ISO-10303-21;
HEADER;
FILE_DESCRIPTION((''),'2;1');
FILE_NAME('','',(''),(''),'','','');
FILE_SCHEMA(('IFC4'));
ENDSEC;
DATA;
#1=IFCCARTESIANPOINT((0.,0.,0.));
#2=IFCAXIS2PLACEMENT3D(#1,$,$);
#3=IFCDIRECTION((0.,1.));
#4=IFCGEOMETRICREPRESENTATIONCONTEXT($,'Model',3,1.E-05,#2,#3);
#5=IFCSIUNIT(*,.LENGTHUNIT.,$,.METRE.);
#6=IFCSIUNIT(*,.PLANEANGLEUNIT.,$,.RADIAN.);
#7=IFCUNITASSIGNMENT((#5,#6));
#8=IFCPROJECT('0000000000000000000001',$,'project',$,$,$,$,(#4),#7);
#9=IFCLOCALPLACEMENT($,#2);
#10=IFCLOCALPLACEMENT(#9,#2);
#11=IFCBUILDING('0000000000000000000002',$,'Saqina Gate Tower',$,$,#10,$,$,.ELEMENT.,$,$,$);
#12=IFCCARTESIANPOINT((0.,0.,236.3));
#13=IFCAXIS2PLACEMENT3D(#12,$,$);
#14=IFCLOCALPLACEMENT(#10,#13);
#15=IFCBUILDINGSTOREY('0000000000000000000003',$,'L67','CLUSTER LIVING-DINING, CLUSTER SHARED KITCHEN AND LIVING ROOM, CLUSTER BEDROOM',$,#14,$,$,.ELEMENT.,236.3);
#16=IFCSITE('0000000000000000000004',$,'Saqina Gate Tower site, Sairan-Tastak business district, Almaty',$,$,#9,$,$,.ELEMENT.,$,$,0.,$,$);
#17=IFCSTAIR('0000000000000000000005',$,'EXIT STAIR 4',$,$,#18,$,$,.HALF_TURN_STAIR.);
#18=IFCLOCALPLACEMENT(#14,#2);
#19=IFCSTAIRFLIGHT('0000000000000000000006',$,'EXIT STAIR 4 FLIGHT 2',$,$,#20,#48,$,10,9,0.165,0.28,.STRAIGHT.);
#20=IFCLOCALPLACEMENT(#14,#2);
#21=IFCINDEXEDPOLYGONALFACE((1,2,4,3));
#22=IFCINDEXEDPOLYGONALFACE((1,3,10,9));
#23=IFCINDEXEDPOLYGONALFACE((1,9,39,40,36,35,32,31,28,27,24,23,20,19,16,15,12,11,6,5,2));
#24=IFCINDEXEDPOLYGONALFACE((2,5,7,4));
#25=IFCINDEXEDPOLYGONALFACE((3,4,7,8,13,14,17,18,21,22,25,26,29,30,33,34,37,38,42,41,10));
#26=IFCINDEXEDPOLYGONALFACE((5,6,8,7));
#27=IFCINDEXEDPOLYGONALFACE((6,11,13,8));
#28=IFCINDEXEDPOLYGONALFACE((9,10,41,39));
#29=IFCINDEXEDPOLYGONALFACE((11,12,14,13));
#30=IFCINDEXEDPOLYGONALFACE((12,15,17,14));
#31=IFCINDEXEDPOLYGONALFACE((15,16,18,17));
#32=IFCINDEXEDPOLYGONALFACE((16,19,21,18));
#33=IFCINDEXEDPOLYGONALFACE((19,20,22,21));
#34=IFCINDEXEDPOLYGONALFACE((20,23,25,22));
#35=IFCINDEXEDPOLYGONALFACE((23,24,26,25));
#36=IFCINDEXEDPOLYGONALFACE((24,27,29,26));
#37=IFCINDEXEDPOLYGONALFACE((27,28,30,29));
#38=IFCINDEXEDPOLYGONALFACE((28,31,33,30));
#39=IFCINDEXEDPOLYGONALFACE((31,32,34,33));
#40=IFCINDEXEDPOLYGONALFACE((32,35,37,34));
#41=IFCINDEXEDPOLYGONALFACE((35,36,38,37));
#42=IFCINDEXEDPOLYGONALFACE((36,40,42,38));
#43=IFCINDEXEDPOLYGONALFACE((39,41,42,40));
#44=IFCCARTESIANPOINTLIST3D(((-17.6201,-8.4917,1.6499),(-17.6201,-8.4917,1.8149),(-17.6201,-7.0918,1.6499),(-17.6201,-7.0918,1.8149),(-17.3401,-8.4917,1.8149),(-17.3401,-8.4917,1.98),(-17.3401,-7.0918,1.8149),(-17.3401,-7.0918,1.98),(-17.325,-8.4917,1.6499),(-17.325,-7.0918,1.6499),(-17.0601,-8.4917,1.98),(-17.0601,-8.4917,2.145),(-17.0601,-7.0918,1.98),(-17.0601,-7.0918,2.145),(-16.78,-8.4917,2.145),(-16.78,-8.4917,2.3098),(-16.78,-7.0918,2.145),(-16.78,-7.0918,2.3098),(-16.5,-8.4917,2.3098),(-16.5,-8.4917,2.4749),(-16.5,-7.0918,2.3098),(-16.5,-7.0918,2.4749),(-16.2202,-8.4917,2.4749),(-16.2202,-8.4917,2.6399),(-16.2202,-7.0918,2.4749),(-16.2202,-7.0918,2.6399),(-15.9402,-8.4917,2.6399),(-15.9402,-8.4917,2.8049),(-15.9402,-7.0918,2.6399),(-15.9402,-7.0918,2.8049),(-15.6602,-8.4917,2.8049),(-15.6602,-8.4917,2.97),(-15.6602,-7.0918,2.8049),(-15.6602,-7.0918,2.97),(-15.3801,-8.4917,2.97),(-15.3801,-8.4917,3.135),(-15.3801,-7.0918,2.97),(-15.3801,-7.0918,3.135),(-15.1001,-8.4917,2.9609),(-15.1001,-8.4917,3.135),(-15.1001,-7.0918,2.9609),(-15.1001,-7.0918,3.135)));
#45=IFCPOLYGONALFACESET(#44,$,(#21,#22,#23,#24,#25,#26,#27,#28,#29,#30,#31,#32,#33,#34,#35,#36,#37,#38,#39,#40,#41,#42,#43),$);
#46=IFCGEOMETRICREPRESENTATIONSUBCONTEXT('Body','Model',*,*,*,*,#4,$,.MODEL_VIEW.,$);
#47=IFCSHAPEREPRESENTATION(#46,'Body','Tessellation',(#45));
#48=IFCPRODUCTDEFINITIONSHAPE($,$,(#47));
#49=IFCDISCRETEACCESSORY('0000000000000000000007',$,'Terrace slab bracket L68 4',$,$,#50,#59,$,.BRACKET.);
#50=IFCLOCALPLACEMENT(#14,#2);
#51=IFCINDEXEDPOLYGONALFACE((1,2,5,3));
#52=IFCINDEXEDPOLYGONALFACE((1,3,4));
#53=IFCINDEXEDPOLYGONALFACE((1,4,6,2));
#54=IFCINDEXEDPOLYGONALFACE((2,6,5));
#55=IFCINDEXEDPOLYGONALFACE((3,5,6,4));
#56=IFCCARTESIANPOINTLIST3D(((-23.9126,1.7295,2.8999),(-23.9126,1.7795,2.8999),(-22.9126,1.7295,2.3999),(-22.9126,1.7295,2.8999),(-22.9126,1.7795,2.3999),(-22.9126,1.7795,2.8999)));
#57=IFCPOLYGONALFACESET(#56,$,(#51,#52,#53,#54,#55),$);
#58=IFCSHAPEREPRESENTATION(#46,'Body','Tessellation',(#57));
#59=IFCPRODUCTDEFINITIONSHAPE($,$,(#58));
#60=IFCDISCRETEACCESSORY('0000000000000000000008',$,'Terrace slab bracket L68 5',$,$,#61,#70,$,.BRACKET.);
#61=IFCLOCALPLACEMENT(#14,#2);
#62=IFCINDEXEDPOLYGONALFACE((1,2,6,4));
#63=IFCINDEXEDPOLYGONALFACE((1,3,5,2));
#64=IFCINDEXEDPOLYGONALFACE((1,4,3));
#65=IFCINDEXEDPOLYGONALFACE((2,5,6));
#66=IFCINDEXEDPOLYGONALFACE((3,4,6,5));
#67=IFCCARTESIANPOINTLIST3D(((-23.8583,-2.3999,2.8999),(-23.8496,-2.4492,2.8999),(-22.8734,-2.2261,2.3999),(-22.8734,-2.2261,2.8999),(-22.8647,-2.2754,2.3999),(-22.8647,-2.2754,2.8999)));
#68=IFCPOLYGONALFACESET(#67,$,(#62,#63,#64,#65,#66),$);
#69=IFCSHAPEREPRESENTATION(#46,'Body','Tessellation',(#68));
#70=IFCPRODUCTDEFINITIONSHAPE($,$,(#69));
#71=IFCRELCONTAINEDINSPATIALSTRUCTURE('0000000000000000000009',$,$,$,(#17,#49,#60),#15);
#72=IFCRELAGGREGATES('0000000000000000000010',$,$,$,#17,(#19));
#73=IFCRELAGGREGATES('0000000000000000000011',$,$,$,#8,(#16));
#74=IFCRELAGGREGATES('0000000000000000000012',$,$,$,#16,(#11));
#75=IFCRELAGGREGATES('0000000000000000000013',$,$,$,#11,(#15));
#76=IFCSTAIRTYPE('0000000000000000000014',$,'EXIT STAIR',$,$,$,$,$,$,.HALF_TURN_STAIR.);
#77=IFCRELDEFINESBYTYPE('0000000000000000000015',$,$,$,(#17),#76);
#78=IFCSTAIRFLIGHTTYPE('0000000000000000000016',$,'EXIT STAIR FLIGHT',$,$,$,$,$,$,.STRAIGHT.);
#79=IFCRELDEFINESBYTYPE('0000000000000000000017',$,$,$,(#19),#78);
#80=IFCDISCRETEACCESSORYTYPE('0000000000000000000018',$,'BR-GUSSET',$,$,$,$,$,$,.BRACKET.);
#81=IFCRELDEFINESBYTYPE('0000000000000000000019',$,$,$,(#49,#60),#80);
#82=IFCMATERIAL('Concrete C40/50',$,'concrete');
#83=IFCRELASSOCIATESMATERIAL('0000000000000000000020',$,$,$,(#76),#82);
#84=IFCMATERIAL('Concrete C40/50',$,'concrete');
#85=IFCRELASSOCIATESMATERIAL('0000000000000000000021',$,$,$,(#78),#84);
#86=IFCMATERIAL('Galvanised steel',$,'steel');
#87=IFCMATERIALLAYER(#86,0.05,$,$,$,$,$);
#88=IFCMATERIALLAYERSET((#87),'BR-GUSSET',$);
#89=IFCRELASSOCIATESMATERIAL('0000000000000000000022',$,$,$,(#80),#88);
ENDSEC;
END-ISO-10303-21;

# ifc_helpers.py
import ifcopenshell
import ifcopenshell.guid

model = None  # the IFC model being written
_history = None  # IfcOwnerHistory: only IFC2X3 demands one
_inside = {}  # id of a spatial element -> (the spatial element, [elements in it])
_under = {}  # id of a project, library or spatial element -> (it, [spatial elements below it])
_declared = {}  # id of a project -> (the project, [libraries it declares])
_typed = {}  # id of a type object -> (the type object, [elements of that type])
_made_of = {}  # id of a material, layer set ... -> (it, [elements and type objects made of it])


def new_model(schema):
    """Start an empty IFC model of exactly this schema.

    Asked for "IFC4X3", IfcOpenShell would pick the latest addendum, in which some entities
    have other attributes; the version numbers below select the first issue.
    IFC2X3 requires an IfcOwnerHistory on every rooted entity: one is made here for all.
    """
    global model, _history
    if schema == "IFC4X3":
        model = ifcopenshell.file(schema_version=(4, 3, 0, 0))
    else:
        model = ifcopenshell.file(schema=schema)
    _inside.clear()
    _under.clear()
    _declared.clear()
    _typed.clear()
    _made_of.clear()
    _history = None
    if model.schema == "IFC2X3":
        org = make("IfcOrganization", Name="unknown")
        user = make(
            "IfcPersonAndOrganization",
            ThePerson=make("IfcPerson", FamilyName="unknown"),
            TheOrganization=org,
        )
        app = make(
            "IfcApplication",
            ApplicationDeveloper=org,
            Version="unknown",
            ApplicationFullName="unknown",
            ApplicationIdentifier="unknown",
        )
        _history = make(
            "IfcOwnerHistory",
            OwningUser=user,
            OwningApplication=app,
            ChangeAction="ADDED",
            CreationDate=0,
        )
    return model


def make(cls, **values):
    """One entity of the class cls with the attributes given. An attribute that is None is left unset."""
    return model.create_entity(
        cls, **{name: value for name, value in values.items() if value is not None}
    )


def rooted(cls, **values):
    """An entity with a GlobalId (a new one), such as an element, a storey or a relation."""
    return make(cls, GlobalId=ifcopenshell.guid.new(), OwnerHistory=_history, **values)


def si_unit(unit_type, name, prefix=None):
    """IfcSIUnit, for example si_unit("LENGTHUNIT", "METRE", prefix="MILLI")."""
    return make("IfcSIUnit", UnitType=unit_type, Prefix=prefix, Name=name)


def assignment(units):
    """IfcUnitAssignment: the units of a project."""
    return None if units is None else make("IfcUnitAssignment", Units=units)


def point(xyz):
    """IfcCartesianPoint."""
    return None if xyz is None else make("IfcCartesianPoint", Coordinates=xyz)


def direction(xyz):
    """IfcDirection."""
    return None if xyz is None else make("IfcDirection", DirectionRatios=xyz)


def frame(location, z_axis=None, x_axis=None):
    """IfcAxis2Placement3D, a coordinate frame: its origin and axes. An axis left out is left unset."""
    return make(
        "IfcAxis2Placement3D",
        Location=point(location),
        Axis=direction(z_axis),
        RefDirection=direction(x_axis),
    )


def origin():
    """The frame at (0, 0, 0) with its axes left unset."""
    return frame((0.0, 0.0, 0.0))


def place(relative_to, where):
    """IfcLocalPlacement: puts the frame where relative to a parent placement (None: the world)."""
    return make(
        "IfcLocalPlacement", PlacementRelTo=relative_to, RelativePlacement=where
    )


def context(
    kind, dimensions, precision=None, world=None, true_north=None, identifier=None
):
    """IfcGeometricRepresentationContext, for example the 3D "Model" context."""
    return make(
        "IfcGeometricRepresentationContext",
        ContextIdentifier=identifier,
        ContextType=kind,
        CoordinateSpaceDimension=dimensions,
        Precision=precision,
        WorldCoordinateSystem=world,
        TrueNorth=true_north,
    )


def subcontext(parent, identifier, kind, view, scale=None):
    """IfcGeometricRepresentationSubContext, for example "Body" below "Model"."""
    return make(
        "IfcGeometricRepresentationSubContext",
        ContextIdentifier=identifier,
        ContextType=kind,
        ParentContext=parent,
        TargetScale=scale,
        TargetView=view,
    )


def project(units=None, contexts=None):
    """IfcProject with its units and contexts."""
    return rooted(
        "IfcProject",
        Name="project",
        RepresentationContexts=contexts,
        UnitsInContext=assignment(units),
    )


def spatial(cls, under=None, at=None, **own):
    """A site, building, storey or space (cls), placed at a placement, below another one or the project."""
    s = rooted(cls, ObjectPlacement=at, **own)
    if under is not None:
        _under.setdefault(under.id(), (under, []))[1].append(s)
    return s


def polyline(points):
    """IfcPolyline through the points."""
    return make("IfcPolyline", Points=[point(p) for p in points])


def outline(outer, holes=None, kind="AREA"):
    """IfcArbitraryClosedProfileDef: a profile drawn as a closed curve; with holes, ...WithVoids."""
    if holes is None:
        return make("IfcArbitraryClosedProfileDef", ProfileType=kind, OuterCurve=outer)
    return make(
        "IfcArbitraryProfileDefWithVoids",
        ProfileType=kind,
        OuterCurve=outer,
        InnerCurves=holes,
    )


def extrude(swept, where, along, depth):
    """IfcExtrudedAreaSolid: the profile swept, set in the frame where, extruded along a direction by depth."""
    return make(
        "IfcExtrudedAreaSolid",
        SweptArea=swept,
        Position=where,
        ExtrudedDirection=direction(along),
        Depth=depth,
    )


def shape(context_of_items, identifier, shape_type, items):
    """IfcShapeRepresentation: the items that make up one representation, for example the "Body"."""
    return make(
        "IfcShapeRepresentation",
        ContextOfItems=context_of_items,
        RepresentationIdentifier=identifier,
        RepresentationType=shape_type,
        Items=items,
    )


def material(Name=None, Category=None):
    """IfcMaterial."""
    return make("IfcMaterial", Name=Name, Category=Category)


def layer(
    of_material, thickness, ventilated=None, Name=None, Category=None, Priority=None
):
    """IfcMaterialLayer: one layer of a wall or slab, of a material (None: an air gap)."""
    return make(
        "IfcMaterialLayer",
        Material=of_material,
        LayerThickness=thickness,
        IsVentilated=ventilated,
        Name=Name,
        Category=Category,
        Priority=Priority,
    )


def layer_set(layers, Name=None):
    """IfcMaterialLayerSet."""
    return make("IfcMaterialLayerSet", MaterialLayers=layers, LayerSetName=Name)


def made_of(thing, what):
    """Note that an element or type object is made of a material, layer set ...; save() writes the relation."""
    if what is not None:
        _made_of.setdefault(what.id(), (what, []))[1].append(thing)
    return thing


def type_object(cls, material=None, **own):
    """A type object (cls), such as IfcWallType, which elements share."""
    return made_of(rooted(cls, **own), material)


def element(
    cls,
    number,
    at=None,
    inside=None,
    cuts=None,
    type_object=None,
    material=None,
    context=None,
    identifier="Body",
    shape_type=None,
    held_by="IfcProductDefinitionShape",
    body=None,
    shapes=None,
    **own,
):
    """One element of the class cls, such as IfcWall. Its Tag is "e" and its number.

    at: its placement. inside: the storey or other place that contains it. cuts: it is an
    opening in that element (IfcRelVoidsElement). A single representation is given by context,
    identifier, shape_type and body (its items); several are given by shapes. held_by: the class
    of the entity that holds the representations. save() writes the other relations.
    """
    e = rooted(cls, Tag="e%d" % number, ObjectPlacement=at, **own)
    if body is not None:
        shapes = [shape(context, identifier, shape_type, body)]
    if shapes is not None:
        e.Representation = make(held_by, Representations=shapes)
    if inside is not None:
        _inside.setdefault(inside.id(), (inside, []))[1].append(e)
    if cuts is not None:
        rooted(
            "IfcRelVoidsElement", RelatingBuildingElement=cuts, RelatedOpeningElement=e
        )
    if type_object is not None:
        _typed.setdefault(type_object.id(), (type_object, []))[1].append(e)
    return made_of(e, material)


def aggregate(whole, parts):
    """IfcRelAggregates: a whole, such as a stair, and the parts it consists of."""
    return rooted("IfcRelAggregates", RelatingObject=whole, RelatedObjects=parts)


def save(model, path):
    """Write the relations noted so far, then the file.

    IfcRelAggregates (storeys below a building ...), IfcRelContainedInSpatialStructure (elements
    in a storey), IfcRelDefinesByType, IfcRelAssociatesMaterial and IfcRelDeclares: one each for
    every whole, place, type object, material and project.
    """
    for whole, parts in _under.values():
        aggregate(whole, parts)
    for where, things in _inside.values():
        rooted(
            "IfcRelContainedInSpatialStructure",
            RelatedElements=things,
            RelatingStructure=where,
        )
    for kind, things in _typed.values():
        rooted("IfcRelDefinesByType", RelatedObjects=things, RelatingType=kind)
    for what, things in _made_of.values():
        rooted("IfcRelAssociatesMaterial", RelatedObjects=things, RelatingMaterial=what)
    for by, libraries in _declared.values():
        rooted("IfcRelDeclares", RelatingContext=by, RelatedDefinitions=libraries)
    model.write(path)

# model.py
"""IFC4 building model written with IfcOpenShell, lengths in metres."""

from ifc_helpers import new_model, si_unit, direction, frame, origin, place, context, subcontext, project, spatial, polyline, outline, extrude, material, layer, layer_set, type_object, element, aggregate, save


model = new_model("IFC4")

# Units and contexts
model_context = context("Model", 3, precision=1e-05, world=origin(), true_north=direction((0.0, 1.0)))
body_context = subcontext(model_context, "Body", "Model", "MODEL_VIEW")
ifc_project = project(units=[si_unit("LENGTHUNIT", "METRE"), si_unit("PLANEANGLEUNIT", "RADIAN")], contexts=[model_context])

# Site, building, storey
site_placement = place(None, origin())
site = spatial("IfcSite", under=ifc_project, at=site_placement, Name="Saqina Gate Tower site, Sairan-Tastak business district, Almaty", CompositionType="ELEMENT", RefElevation=0.0)
building_placement = place(site_placement, origin())
building = spatial("IfcBuilding", under=site, at=building_placement, Name="Saqina Gate Tower", CompositionType="ELEMENT")
storey_placement = place(building_placement, frame((0.0, 0.0, 236.3)))
storey = spatial("IfcBuildingStorey", under=building, at=storey_placement, Name="L67", Description="CLUSTER LIVING-DINING, CLUSTER SHARED KITCHEN AND LIVING ROOM, CLUSTER BEDROOM", CompositionType="ELEMENT", Elevation=236.3)

# Stair, stair flight
ifc_material_1 = material(Name="Concrete C40/50", Category="concrete")
stair_type = type_object("IfcStairType", Name="EXIT STAIR", PredefinedType="HALF_TURN_STAIR", material=ifc_material_1)
stair_placement = place(storey_placement, origin())
stair = element("IfcStair", 1, at=stair_placement, inside=storey, type_object=stair_type, Name="EXIT STAIR 4", PredefinedType="HALF_TURN_STAIR")
ifc_material_2 = material(Name="Concrete C40/50", Category="concrete")
stair_flight_type = type_object("IfcStairFlightType", Name="EXIT STAIR FLIGHT", PredefinedType="STRAIGHT", material=ifc_material_2)
stair_flight_1_placement = place(storey_placement, frame((-17.6201, -7.7917, 1.6499), z_axis=(0.0, 0.0, 1.0), x_axis=(1.0, 0.0, 0.0)))
stair_flight_1 = element("IfcStairFlight", 2, at=stair_flight_1_placement, type_object=stair_flight_type, Name="EXIT STAIR 4 FLIGHT 2", NumberOfRisers=10, NumberOfTreads=9, PredefinedType="STRAIGHT", RiserHeight=0.165, TreadLength=0.28, context=body_context, shape_type="SweptSolid", body=[
    extrude(outline(polyline([(0.0, 0.0), (0.0, 0.165), (0.28, 0.165), (0.28, 0.3301), (0.5601, 0.3301), (0.5601, 0.4951), (0.8401, 0.4951), (0.8401, 0.6599), (1.1201, 0.6599), (1.1201, 0.825), (1.3999, 0.825), (1.3999, 0.99), (1.6799, 0.99), (1.6799, 1.155), (1.96, 1.155), (1.96, 1.3201), (2.24, 1.3201), (2.24, 1.4851), (2.52, 1.4851), (2.52, 1.6499), (2.52, 1.311), (0.2952, 0.0), (0.0, 0.0)])), frame((0.0, 0.7, 0.0), z_axis=(0.0, -1.0, 0.0), x_axis=(1.0, 0.0, 0.0)), (0.0, 0.0, 1.0), 1.3999),
])
aggregate(stair, [stair_flight_1])

# Discrete accessories
ifc_material_3 = material(Name="Galvanised steel", Category="steel")
ifc_layer_1 = layer(ifc_material_3, 0.05)
ifc_layer_set_1 = layer_set([ifc_layer_1], Name="BR-GUSSET")
discrete_accessory_type = type_object("IfcDiscreteAccessoryType", Name="BR-GUSSET", PredefinedType="BRACKET", material=ifc_layer_set_1)
discrete_accessory_1_placement = place(storey_placement, frame((-22.9126, 1.7295, 2.3999), z_axis=(0.0, -1.0, 0.0), x_axis=(0.0, 0.0, 1.0)))
element("IfcDiscreteAccessory", 3, at=discrete_accessory_1_placement, inside=storey, type_object=discrete_accessory_type, Name="Terrace slab bracket L68 4", PredefinedType="BRACKET", context=body_context, shape_type="SweptSolid", body=[
    extrude(outline(polyline([(0.0, 0.0), (0.5, 0.0), (0.5, 1.0), (0.0, 0.0)])), origin(), (0.0, 0.0, -1.0), 0.05),
])
discrete_accessory_2_placement = place(storey_placement, frame((-22.8647, -2.2754, 2.3999), z_axis=(0.173813, -0.984779, 0.0), x_axis=(0.0, 0.0, 1.0)))
element("IfcDiscreteAccessory", 4, at=discrete_accessory_2_placement, inside=storey, type_object=discrete_accessory_type, Name="Terrace slab bracket L68 5", PredefinedType="BRACKET", context=body_context, shape_type="SweptSolid", body=[
    extrude(outline(polyline([(0.0, 0.0), (0.5, 0.0), (0.5, 1.0001), (0.0, 0.0)])), origin(), (0.0, 0.0, -1.0), 0.05),
])

save(model, "model.ifc")
